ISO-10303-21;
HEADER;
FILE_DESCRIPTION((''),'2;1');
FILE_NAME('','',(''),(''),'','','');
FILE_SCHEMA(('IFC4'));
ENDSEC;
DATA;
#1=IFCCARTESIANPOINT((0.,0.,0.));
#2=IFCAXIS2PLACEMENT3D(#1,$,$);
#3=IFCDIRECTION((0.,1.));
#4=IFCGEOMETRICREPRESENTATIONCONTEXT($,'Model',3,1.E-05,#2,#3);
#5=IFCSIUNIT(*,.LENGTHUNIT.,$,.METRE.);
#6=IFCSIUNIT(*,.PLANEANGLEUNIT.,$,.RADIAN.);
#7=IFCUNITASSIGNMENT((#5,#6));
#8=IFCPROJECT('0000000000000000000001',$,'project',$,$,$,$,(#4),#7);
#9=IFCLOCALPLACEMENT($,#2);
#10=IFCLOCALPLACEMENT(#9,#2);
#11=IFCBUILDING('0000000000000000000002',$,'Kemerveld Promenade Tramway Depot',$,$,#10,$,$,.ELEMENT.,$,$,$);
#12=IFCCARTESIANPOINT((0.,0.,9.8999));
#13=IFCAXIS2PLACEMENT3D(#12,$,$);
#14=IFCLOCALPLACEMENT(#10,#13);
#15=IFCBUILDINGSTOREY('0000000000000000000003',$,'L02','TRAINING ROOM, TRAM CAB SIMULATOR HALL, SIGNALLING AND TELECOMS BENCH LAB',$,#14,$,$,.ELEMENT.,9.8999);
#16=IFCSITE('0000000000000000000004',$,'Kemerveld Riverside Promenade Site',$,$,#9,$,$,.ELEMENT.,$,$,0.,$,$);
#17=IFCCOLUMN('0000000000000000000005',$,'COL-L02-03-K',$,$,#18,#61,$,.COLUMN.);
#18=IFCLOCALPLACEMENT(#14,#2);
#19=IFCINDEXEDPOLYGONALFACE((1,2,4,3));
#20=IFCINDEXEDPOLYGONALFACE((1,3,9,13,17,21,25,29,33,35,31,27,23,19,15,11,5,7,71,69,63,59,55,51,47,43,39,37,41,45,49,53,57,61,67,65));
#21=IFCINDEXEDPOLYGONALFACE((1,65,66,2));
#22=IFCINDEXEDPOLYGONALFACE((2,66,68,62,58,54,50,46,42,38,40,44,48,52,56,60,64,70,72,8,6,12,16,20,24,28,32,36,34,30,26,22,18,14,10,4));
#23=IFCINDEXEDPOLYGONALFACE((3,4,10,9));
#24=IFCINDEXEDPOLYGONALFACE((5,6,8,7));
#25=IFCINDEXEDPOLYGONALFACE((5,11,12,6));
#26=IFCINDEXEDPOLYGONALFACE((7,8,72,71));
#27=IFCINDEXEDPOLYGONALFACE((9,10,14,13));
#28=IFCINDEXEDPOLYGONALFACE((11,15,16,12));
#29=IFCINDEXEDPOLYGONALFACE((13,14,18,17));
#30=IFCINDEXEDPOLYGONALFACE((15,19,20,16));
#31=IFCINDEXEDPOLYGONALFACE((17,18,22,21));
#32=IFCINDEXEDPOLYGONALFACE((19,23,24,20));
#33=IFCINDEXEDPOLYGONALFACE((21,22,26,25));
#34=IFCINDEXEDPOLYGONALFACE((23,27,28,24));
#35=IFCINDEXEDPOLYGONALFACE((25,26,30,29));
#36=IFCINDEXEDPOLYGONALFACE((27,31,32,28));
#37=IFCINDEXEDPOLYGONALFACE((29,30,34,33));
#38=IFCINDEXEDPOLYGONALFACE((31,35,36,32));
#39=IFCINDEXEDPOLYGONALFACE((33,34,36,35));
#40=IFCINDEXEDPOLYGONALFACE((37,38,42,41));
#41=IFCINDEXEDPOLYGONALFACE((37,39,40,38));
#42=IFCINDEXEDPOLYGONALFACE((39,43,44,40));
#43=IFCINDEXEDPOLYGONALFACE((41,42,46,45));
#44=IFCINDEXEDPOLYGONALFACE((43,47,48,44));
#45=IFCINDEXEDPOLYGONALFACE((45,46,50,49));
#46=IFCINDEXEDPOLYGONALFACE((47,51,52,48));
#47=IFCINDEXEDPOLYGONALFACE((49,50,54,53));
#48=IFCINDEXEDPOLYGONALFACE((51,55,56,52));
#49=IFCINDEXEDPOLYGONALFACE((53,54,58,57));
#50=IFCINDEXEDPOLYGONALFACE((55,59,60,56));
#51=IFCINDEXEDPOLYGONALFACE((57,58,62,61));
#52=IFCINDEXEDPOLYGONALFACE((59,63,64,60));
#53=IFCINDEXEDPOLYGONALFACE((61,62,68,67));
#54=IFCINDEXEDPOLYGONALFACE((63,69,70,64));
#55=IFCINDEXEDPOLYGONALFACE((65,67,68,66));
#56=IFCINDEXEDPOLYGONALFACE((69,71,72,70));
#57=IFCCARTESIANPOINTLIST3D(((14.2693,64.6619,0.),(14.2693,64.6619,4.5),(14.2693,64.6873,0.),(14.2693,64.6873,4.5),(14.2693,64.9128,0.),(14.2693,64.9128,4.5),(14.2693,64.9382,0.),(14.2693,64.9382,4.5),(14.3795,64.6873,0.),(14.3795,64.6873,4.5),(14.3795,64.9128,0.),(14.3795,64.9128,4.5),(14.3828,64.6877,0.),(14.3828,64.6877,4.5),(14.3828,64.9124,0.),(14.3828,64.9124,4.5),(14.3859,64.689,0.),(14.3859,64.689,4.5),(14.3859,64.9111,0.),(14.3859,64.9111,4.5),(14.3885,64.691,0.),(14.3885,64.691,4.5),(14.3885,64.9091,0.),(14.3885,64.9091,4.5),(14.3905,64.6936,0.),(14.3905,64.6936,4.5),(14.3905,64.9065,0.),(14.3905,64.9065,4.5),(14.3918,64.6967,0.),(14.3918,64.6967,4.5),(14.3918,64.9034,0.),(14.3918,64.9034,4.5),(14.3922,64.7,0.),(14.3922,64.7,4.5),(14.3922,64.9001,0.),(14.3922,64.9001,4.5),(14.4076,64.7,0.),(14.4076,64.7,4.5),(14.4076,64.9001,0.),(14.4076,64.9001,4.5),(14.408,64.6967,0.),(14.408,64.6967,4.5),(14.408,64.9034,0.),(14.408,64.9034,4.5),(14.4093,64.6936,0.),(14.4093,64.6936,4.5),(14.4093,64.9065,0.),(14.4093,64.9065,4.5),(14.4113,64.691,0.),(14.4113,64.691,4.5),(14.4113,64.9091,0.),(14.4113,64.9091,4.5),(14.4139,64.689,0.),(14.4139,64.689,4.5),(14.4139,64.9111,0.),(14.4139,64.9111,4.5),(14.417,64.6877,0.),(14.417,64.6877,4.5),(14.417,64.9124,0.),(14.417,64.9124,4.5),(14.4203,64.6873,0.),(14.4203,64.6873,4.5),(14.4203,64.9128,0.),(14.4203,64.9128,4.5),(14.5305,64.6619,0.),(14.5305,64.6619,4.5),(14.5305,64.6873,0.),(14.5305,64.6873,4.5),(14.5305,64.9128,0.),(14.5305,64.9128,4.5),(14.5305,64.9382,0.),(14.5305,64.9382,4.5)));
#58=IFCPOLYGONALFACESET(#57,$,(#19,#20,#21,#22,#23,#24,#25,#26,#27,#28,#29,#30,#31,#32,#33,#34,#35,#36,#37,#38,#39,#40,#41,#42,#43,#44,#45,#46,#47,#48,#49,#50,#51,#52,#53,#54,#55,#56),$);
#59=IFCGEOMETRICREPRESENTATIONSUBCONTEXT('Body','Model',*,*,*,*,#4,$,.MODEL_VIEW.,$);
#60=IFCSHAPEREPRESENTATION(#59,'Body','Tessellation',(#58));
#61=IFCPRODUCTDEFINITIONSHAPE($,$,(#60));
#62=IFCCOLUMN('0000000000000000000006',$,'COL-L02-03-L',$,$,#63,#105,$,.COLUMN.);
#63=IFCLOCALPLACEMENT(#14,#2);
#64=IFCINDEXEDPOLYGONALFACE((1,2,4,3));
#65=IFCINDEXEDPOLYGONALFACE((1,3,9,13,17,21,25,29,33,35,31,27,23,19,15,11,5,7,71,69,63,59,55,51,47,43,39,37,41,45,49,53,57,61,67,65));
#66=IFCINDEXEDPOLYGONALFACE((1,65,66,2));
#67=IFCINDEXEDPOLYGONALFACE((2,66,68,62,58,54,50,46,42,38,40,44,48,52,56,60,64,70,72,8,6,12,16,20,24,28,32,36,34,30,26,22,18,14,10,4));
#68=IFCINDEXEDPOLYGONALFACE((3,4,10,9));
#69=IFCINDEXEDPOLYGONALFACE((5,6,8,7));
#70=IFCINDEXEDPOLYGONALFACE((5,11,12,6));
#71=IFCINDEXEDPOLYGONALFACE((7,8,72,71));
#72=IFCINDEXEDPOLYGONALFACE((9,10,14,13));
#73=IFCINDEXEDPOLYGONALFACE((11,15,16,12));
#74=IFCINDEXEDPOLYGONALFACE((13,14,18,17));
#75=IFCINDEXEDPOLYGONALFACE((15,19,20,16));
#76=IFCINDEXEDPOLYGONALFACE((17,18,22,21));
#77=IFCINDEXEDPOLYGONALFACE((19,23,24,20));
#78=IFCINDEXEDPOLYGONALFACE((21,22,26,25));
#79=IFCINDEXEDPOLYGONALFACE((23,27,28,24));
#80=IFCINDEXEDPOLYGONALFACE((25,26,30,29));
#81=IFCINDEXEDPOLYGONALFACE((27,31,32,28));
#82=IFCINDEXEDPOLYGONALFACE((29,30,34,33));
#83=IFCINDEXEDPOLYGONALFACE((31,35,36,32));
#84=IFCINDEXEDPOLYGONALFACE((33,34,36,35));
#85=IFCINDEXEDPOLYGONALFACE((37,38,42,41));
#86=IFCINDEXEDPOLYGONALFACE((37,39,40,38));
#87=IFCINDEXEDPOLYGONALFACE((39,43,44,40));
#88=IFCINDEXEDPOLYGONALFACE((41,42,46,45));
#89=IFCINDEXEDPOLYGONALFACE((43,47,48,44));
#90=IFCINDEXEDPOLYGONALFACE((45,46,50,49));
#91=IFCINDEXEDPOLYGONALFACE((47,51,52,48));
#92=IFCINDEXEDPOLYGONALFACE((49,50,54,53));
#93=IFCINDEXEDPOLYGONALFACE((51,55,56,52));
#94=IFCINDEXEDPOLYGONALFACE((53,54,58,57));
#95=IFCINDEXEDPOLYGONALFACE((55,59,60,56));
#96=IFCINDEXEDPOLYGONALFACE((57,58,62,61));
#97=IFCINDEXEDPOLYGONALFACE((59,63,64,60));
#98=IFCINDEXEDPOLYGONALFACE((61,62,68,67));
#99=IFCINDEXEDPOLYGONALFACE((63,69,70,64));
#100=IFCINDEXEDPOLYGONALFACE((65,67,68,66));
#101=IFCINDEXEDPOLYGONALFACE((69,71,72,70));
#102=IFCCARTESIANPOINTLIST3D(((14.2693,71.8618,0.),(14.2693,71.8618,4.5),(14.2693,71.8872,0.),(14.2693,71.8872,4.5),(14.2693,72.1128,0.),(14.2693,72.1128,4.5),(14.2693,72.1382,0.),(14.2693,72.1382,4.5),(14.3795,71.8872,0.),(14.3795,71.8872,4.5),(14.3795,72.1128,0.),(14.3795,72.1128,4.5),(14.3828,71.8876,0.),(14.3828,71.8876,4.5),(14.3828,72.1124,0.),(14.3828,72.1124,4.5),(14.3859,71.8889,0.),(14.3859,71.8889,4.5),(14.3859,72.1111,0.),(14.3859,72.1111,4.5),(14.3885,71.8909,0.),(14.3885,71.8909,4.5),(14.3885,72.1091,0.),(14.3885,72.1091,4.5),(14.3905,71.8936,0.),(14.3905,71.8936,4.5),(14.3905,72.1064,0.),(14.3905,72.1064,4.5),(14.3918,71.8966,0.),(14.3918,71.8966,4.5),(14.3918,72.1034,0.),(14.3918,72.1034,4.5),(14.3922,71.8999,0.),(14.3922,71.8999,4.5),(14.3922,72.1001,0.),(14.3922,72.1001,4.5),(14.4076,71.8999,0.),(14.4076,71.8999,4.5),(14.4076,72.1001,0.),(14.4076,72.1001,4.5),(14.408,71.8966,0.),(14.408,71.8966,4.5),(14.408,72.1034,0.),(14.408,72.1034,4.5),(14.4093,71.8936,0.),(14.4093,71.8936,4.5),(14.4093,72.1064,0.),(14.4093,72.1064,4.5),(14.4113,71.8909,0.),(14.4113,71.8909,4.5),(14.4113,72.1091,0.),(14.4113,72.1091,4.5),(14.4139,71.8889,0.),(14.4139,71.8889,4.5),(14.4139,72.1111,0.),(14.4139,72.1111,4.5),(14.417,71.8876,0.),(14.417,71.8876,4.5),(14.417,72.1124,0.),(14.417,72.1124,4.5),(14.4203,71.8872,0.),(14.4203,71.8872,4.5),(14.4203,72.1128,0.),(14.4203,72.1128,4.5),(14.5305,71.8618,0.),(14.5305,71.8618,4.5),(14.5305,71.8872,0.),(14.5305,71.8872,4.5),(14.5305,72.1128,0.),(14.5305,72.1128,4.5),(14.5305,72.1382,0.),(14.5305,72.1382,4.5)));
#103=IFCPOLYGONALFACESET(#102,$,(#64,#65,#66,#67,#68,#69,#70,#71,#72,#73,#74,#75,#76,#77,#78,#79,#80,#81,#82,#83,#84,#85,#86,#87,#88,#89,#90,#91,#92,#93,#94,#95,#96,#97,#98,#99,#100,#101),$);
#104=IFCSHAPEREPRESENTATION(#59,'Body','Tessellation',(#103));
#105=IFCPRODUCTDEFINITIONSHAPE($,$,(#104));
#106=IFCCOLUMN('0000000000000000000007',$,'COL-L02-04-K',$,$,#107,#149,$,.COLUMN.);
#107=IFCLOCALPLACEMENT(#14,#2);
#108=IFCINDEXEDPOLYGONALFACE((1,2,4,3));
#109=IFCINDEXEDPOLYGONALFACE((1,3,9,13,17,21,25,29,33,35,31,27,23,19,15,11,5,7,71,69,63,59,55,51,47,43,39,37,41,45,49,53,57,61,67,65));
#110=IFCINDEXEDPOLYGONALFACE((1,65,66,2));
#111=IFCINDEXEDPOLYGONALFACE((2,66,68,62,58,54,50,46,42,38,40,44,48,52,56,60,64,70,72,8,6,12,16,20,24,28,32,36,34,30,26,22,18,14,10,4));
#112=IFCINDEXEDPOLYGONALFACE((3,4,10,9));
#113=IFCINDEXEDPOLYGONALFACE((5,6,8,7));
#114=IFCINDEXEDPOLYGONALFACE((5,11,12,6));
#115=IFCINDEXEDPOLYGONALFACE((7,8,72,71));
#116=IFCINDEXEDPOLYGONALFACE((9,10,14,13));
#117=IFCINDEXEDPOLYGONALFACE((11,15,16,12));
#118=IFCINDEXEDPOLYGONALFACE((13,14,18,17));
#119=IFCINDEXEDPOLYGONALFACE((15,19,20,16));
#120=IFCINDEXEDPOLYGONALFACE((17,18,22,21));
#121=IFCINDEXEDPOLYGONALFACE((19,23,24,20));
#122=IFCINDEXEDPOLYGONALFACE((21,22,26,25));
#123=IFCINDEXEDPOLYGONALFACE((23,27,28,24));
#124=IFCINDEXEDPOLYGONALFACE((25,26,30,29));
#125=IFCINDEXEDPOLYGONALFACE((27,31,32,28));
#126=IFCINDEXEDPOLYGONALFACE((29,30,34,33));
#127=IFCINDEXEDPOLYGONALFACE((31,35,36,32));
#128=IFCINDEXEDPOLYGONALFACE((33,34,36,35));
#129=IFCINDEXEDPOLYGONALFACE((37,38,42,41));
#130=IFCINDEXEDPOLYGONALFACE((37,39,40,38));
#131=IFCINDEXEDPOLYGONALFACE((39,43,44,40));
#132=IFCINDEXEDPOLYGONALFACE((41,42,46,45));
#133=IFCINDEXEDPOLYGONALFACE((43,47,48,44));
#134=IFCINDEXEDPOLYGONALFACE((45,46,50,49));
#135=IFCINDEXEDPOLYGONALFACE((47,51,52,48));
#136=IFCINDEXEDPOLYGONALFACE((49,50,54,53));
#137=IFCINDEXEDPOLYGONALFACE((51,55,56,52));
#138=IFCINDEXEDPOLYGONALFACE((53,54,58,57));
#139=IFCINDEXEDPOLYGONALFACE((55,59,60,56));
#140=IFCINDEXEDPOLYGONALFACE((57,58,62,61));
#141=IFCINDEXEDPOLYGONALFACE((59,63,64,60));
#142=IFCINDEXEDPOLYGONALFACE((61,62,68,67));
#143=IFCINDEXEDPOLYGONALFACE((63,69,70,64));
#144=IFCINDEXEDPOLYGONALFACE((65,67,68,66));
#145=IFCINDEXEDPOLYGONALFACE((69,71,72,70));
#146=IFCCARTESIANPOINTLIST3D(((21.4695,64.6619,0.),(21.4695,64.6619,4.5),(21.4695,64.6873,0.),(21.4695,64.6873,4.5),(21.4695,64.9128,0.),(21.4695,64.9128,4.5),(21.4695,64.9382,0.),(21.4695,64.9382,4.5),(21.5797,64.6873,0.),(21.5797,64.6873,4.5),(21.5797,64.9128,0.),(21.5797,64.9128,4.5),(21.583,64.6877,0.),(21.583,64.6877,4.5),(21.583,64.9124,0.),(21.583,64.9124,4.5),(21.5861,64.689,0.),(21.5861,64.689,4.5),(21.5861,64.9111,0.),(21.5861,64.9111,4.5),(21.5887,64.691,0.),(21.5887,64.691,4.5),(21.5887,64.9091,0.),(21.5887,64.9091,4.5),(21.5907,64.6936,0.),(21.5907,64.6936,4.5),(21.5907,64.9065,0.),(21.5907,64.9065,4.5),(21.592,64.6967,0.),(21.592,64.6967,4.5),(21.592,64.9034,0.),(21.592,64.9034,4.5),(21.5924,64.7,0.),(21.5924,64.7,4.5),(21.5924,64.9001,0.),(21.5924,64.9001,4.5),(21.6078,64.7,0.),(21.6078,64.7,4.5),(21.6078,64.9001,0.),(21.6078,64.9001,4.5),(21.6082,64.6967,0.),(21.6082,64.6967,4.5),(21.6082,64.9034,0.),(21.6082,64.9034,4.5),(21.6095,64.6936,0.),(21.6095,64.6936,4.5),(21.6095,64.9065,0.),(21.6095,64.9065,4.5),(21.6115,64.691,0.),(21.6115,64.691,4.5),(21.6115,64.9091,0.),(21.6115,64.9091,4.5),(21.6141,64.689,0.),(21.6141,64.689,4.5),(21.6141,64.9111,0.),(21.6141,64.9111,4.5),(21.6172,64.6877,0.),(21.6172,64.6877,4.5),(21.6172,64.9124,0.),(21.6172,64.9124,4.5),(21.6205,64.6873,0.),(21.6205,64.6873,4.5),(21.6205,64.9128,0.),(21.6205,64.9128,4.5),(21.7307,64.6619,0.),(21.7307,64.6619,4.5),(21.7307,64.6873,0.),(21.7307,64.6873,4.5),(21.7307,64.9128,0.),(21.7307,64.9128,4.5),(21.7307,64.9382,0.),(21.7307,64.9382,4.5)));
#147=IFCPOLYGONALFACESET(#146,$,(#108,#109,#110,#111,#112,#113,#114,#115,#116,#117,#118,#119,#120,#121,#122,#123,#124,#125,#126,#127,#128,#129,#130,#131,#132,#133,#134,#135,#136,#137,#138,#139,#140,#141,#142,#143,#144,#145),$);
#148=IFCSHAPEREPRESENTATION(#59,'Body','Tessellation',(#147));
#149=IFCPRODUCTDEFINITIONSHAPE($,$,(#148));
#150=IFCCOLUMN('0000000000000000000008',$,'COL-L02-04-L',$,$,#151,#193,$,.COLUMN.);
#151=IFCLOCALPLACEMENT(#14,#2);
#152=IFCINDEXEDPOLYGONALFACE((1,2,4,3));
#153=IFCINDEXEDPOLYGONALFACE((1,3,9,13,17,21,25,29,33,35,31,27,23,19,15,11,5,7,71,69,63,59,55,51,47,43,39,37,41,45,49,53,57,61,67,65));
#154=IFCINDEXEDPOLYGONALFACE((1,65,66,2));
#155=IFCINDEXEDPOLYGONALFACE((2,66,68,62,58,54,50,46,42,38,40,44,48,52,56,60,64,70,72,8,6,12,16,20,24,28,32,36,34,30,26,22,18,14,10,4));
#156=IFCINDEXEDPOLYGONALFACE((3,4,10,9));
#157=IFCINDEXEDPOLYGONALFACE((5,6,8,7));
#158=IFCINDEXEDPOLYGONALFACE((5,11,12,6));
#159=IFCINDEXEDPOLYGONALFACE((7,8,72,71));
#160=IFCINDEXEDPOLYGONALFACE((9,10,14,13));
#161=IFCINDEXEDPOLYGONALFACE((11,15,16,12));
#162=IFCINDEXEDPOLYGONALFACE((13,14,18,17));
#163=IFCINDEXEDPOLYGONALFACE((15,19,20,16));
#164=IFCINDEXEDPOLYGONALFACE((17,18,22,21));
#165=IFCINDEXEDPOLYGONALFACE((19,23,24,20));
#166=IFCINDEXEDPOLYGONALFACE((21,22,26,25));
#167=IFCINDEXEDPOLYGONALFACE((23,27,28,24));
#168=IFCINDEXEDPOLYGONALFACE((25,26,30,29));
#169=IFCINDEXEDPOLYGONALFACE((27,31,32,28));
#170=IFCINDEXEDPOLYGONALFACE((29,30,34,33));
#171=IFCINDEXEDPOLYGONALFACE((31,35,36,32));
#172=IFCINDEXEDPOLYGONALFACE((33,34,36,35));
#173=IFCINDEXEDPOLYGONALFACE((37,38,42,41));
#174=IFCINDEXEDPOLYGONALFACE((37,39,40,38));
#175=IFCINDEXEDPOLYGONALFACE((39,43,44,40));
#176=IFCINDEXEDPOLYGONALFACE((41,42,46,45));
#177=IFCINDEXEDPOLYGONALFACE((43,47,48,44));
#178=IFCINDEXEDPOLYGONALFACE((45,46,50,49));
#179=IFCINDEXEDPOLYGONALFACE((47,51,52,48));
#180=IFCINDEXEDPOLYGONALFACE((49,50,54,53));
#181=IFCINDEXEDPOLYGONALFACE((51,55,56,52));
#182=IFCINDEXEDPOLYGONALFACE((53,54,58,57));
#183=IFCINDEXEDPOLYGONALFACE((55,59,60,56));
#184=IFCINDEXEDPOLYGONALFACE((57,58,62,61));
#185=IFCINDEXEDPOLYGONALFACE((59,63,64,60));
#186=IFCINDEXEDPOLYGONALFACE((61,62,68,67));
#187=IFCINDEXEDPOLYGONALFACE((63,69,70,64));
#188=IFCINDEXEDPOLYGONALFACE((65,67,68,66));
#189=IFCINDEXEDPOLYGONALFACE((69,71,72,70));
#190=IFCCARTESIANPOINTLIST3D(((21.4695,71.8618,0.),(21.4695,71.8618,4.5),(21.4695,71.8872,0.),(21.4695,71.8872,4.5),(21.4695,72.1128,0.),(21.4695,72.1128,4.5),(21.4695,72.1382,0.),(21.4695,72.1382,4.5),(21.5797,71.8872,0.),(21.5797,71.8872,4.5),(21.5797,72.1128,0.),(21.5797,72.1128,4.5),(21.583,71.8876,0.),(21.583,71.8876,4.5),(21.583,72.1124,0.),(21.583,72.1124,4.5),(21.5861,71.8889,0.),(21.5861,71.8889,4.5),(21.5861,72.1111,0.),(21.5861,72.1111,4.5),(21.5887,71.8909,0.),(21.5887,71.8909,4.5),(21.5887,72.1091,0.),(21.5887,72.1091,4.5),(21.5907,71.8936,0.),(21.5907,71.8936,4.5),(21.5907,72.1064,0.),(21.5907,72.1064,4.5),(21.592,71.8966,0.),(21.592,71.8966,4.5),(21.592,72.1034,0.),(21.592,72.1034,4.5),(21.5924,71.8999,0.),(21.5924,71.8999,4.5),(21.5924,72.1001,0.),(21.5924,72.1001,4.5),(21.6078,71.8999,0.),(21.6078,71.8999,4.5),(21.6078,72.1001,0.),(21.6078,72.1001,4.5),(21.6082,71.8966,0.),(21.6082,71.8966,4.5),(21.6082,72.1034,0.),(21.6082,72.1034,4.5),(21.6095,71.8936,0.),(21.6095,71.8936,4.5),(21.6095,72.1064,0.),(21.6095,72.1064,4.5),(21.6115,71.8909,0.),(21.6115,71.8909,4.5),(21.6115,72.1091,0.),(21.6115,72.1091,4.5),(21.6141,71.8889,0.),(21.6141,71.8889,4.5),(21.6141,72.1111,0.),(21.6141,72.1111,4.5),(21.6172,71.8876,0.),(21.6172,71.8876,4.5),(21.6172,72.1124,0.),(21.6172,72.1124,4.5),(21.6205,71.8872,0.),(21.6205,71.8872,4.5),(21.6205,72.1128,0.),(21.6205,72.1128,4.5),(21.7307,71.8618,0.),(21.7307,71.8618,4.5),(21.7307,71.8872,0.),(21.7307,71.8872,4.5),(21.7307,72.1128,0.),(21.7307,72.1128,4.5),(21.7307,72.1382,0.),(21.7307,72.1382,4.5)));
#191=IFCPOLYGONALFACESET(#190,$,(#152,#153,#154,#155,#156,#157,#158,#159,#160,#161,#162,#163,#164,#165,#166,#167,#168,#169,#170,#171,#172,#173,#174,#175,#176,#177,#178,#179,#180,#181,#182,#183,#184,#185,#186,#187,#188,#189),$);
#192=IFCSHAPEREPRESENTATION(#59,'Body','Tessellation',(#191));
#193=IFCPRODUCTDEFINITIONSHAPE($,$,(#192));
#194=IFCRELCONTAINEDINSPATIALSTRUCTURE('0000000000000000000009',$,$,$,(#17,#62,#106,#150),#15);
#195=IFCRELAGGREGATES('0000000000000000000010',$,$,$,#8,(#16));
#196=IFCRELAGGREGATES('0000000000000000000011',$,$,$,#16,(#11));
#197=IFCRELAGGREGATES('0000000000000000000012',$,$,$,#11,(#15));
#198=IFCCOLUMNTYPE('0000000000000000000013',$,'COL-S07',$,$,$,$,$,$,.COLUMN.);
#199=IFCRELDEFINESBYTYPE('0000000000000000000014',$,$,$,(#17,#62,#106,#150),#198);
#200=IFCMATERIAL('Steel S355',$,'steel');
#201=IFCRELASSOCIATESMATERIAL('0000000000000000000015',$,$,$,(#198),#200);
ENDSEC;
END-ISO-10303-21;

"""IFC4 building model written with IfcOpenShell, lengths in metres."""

from ifc_helpers import new_model, si_unit, direction, frame, origin, origin_2d, place, context, subcontext, project, spatial, i_section, extrude, material, material_profile, profile_set, type_object, element, save


model = new_model("IFC4")

# Units and contexts
model_context = context("Model", 3, precision=1e-05, world=origin(), true_north=direction((0.0, 1.0)))
body_context = subcontext(model_context, "Body", "Model", "MODEL_VIEW")
ifc_project = project(units=[si_unit("LENGTHUNIT", "METRE"), si_unit("PLANEANGLEUNIT", "RADIAN")], contexts=[model_context])

# Site, building, storey
site_placement = place(None, origin())
site = spatial("IfcSite", under=ifc_project, at=site_placement, Name="Kemerveld Riverside Promenade Site", CompositionType="ELEMENT", RefElevation=0.0)
building_placement = place(site_placement, origin())
building = spatial("IfcBuilding", under=site, at=building_placement, Name="Kemerveld Promenade Tramway Depot", CompositionType="ELEMENT")
storey_placement = place(building_placement, frame((0.0, 0.0, 9.8999)))
storey = spatial("IfcBuildingStorey", under=building, at=storey_placement, Name="L02", Description="TRAINING ROOM, TRAM CAB SIMULATOR HALL, SIGNALLING AND TELECOMS BENCH LAB", CompositionType="ELEMENT", Elevation=9.8999)

# Columns
ifc_material_1 = material(Name="Steel S355", Category="steel")
ifc_material_profile_1 = material_profile(ifc_material_1, i_section(OverallWidth=0.2612, OverallDepth=0.2764, WebThickness=0.0154, FlangeThickness=0.0254, FilletRadius=0.0127, at=origin_2d()), Name="254x254x132 UC")
ifc_profile_set_1 = profile_set([ifc_material_profile_1], Name="Steel S355")
column_type = type_object("IfcColumnType", Name="COL-S07", PredefinedType="COLUMN", material=ifc_profile_set_1)
for number, where, z_axis, x_axis, name in (
    (1, (14.3999, 64.8, 0.0), (0.0, 0.0, 1.0), (1.0, 0.0, 0.0), "COL-L02-03-K"),
    (2, (14.3999, 72.0, 0.0), (0.0, 0.0, 1.0), (1.0, 0.0, 0.0), "COL-L02-03-L"),
    (3, (21.6001, 64.8, 0.0), (0.0, 0.0, 1.0), (1.0, 0.0, 0.0), "COL-L02-04-K"),
    (4, (21.6001, 72.0, 0.0), (0.0, 0.0, 1.0), (1.0, 0.0, 0.0), "COL-L02-04-L"),
):
    element("IfcColumn", number, at=place(storey_placement, frame(where, z_axis=z_axis, x_axis=x_axis)), inside=storey, type_object=column_type, Name=name, PredefinedType="COLUMN", context=body_context, shape_type="SweptSolid", body=[
        extrude(i_section(OverallWidth=0.2612, OverallDepth=0.2764, WebThickness=0.0154, FlangeThickness=0.0254, FilletRadius=0.0127, at=origin_2d()), origin(), (0.0, 0.0, 1.0), 4.5),
    ])

save(model, "model.ifc")
